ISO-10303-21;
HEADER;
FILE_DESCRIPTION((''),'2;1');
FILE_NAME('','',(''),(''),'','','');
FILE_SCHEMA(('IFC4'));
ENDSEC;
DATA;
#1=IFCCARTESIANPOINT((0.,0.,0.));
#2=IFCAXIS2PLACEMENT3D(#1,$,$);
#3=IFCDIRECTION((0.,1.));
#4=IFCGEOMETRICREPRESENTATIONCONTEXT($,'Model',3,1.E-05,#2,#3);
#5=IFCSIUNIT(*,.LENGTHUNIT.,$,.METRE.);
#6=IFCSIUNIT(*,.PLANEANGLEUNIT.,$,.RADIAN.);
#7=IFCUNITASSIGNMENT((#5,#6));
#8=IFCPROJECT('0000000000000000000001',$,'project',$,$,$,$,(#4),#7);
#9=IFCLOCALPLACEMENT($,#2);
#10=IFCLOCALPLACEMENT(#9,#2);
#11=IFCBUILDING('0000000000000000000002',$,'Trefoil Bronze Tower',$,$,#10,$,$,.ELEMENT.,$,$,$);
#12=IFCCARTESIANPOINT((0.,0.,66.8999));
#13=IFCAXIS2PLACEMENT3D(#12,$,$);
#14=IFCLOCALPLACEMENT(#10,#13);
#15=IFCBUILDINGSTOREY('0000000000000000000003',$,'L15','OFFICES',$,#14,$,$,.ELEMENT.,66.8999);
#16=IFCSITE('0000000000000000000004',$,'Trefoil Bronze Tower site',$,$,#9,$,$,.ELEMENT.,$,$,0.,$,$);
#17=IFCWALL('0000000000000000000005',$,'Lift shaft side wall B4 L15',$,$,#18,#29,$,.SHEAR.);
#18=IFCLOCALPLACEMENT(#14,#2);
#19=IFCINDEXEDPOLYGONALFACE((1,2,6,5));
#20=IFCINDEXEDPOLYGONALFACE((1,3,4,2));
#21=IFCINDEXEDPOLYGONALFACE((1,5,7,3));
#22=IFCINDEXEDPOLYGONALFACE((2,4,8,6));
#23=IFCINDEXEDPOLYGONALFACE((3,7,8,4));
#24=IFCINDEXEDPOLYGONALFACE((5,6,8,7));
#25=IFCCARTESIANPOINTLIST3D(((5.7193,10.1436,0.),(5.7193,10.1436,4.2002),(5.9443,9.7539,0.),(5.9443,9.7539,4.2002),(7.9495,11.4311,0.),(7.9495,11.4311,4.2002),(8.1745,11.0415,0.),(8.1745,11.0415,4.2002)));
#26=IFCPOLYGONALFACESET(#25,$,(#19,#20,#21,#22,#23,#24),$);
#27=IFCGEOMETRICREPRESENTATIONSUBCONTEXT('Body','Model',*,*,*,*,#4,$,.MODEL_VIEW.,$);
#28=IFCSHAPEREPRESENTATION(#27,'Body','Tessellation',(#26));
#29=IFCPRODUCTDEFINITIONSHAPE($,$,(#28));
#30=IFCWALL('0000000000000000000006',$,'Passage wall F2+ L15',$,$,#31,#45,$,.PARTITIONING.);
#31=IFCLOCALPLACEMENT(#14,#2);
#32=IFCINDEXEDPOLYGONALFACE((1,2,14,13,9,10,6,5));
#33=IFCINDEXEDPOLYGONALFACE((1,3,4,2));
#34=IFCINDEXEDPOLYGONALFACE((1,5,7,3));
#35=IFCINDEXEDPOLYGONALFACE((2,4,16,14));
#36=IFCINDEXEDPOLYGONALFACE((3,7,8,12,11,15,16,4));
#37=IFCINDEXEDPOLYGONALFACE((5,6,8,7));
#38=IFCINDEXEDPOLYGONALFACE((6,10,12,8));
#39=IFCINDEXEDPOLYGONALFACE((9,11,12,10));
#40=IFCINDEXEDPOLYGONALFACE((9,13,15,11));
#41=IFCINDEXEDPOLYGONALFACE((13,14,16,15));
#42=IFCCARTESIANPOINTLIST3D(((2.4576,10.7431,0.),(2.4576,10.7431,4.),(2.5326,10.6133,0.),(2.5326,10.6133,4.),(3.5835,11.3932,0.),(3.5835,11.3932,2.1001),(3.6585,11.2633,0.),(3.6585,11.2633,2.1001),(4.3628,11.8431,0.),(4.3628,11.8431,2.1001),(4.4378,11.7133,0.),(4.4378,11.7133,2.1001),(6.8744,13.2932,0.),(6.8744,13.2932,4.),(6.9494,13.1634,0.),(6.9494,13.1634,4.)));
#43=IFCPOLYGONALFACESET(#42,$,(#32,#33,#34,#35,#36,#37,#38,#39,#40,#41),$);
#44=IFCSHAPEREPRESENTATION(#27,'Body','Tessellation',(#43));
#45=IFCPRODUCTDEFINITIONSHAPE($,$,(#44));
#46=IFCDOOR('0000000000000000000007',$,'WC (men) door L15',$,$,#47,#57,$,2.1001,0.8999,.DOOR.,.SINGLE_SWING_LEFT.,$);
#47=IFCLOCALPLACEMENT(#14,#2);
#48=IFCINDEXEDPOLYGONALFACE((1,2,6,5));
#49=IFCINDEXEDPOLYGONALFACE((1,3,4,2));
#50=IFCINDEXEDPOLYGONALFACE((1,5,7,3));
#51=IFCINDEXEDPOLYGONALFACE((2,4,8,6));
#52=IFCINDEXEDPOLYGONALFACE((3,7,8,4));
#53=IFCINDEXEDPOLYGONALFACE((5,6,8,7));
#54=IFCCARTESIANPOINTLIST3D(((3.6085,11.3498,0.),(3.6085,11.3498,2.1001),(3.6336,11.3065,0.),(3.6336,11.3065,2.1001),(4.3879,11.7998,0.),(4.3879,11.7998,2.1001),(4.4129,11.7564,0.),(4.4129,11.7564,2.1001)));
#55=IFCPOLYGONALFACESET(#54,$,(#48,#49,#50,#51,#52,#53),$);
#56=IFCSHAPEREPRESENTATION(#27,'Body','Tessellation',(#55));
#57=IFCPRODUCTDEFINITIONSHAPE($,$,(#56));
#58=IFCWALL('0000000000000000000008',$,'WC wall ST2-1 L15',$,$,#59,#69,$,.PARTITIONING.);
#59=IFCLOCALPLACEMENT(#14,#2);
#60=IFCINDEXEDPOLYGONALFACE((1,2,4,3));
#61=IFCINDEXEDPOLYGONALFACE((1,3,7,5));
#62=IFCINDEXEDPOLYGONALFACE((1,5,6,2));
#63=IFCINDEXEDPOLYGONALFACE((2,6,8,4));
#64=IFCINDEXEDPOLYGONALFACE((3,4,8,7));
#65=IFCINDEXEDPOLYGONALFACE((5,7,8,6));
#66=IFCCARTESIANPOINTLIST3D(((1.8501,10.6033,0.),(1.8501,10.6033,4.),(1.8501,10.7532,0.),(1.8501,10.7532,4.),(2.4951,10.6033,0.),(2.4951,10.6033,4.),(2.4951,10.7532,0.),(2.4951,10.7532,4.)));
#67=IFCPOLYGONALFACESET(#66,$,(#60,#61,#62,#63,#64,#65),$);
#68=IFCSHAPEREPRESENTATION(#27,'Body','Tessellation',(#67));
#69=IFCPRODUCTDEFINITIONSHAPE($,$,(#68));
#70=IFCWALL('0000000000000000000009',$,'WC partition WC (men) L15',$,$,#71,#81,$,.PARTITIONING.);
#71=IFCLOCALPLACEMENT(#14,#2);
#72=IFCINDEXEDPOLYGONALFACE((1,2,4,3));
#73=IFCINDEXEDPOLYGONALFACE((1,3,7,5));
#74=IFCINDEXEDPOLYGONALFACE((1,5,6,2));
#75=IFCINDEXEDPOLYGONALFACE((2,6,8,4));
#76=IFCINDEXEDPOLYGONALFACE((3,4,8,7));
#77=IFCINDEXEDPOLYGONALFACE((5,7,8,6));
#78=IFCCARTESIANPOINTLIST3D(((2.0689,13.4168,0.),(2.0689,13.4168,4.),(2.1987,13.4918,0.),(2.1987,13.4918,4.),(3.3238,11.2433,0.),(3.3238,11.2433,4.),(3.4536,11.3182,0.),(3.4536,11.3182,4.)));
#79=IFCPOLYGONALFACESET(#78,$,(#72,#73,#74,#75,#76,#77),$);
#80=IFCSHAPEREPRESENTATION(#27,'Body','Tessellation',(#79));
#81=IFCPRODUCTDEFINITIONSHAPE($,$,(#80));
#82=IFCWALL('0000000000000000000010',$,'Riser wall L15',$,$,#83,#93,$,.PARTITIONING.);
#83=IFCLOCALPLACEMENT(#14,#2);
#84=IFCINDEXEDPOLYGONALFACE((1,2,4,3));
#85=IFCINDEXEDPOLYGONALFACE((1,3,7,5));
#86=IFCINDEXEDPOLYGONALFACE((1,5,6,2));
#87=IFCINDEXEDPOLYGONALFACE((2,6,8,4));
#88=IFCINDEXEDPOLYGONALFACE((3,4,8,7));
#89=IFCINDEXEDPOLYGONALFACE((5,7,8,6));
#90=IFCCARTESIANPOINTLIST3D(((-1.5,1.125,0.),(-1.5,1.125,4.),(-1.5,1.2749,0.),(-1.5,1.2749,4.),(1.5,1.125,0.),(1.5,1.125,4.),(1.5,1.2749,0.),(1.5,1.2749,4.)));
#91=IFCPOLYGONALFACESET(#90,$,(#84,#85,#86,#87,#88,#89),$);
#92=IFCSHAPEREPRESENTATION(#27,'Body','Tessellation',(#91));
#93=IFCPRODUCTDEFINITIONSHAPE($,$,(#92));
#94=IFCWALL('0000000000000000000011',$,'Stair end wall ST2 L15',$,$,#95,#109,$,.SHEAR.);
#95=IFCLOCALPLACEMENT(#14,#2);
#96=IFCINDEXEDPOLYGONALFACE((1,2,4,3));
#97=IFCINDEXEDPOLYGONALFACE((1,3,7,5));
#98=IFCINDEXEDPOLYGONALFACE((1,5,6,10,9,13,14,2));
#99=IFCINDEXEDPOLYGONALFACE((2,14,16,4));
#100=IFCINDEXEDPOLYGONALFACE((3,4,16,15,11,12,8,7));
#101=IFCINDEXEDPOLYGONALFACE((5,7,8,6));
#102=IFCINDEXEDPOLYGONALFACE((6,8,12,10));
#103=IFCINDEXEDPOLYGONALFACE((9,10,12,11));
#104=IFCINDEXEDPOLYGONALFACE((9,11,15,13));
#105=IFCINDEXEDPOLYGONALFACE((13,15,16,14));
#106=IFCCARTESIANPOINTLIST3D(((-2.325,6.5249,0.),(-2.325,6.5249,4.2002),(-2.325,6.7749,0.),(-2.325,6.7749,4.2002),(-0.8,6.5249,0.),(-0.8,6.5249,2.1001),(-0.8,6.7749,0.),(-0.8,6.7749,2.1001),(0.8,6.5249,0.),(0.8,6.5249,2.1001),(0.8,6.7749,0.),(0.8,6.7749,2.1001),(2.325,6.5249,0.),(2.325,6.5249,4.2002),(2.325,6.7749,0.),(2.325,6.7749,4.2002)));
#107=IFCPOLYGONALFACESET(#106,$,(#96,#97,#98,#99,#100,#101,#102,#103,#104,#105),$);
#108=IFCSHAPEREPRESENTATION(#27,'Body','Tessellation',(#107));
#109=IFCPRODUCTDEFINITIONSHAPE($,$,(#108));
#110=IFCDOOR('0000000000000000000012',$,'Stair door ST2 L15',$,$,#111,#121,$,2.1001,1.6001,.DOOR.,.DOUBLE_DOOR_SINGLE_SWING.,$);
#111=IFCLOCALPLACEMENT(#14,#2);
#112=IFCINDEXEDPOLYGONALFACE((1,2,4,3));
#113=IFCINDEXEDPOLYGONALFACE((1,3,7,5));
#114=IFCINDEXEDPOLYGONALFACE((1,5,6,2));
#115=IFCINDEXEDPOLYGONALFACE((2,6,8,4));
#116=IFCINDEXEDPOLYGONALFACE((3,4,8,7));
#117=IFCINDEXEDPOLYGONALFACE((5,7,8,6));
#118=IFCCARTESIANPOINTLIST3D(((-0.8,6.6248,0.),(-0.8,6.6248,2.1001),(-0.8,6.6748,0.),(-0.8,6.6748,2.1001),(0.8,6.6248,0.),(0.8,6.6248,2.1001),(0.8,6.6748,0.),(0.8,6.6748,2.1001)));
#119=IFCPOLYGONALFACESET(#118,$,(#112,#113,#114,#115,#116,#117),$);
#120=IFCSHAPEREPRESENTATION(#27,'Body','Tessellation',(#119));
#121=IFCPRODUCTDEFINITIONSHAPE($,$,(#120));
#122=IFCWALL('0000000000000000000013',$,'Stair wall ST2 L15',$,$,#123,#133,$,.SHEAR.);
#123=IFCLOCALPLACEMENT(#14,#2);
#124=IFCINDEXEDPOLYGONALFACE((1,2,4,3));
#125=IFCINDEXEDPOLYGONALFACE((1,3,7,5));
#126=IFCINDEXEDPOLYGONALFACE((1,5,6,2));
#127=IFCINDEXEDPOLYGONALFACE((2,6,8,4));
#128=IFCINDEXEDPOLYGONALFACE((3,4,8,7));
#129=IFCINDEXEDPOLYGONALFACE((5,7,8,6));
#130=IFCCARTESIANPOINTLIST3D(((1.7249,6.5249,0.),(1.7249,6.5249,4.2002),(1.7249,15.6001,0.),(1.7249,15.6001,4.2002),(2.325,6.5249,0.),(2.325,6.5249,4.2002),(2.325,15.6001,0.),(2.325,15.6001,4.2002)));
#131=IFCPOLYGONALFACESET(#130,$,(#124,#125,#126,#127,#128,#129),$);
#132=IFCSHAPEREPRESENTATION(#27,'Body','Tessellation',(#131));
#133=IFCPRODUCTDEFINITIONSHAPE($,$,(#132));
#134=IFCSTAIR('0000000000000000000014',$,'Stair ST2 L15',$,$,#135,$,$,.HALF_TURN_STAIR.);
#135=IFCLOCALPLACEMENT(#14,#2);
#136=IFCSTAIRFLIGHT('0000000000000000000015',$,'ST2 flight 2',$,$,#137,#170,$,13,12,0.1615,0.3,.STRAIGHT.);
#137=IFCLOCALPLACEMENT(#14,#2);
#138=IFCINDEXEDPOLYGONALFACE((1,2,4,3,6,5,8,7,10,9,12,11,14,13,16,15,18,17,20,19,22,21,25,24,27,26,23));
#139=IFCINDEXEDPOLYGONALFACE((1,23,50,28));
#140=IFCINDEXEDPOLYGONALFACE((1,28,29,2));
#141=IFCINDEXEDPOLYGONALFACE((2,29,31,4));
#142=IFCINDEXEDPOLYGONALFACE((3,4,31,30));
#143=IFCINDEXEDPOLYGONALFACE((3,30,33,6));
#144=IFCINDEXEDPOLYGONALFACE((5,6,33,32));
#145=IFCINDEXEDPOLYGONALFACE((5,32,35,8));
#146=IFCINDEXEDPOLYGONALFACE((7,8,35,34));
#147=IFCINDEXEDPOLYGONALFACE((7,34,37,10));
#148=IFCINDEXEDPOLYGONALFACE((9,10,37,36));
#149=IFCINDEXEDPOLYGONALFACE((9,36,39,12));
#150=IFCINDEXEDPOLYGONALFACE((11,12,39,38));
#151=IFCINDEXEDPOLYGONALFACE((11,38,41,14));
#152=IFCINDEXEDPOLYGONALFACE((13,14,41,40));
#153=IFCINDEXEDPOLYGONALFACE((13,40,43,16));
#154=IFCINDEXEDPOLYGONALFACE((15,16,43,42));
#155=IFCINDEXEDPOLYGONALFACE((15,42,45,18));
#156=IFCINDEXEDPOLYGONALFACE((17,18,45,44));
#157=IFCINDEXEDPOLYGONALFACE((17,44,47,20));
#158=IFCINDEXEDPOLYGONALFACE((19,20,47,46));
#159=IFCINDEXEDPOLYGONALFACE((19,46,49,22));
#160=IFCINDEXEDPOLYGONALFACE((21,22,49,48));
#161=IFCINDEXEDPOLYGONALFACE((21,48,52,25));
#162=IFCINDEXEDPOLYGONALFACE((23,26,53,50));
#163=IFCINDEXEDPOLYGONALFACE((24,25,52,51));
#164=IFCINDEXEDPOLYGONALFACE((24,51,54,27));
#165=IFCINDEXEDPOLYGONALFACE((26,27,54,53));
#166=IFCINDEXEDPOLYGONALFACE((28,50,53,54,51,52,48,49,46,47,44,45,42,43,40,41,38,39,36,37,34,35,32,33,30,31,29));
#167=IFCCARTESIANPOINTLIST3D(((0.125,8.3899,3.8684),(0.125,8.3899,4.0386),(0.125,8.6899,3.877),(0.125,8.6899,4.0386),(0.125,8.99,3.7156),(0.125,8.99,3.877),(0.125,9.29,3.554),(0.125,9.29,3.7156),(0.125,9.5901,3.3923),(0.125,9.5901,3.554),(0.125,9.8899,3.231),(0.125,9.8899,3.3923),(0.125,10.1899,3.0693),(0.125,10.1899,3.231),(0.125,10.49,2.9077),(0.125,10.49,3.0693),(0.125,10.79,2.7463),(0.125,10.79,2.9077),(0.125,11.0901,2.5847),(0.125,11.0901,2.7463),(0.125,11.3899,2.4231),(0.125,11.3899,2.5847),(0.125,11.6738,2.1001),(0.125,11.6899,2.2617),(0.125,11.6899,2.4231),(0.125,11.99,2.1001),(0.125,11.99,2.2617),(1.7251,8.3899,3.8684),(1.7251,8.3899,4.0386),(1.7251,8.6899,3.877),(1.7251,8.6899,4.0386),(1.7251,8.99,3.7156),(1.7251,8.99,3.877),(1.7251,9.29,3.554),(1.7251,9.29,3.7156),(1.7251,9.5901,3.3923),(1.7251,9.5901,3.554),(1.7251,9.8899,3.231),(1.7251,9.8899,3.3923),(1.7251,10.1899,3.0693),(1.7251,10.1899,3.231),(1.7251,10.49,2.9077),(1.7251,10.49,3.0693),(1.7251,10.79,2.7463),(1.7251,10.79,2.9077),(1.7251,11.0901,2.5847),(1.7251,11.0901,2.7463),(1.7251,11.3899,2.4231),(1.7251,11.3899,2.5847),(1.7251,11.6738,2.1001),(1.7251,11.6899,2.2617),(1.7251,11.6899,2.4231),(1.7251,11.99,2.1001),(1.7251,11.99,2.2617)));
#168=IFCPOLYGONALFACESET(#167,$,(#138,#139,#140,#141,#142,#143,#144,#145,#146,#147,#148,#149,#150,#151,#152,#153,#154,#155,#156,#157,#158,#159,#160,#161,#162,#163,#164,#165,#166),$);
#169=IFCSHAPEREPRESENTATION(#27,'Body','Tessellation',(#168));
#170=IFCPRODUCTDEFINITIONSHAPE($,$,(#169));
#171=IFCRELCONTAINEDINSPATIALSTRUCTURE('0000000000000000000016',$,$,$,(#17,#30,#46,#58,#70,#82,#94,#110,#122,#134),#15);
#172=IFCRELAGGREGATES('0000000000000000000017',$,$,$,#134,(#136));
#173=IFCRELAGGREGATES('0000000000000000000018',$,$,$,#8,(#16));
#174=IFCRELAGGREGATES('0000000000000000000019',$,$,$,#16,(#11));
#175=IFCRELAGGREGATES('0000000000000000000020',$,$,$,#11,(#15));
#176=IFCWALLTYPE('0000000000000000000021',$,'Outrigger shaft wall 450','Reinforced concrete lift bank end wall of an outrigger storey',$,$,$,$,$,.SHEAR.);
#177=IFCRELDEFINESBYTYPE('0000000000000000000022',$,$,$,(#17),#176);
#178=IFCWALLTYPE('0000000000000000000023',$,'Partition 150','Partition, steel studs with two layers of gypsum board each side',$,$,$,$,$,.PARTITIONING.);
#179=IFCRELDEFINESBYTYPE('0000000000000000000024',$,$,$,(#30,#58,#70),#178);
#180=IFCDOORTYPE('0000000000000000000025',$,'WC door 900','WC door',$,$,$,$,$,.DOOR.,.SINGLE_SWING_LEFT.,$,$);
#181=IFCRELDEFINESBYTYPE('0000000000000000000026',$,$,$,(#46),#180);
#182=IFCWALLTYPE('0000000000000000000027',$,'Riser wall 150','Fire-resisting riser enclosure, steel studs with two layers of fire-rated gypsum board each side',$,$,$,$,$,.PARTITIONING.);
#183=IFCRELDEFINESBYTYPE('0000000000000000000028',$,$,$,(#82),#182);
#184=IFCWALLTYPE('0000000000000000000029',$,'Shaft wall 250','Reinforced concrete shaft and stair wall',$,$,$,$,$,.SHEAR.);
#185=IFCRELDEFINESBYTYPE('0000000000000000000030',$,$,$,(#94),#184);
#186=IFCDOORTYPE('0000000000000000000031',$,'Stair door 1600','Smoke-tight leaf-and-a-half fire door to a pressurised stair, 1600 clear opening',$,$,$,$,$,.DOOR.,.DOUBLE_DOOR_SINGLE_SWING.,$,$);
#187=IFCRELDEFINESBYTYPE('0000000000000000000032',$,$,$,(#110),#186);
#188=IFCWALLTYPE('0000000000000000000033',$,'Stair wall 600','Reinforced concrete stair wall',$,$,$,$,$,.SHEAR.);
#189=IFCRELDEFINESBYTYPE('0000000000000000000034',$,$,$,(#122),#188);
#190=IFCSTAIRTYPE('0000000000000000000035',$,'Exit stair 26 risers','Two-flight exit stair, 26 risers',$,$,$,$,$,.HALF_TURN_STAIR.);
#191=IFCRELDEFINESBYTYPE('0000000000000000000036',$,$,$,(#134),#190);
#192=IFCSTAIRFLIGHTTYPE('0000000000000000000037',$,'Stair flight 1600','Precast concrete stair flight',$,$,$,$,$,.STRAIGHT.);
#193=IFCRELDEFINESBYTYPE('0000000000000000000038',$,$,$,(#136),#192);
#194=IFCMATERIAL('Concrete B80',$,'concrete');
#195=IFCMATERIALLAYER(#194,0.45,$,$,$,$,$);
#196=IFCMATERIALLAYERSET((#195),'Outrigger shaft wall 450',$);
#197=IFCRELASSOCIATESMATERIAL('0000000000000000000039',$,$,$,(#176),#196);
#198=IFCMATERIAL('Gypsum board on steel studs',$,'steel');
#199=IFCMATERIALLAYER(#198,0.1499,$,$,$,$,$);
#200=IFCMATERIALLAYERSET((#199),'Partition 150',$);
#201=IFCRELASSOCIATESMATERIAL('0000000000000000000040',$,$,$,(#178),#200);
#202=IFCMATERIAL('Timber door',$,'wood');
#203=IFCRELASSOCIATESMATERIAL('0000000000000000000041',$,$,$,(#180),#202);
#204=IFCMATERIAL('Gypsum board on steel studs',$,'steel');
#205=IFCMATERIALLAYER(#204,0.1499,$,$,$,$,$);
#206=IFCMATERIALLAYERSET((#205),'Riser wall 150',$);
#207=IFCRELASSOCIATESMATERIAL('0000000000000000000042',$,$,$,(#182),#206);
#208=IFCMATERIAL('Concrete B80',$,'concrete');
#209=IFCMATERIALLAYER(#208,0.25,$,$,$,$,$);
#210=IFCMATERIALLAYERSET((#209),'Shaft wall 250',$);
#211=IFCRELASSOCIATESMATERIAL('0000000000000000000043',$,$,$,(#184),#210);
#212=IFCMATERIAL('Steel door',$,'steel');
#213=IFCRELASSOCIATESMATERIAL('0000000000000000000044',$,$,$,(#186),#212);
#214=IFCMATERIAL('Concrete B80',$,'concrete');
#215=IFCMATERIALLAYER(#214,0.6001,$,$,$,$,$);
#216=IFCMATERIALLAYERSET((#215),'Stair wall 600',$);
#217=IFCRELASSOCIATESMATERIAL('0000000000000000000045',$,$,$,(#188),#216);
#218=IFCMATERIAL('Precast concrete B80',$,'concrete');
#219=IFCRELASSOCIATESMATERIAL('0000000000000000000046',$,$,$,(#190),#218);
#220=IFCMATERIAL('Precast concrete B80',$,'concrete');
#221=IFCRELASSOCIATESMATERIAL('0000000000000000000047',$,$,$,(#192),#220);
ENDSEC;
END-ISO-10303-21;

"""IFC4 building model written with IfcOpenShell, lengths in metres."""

from ifc_helpers import new_model, si_unit, direction, frame, frame_2d, origin, place, context, subcontext, project, spatial, polyline, rectangle, outline, extrude, material, layer, layer_set, type_object, element, fill, aggregate, save


model = new_model("IFC4")

# Units and contexts
model_context = context("Model", 3, precision=1e-05, world=origin(), true_north=direction((0.0, 1.0)))
body_context = subcontext(model_context, "Body", "Model", "MODEL_VIEW")
ifc_project = project(units=[si_unit("LENGTHUNIT", "METRE"), si_unit("PLANEANGLEUNIT", "RADIAN")], contexts=[model_context])

# Site, building, storey
site_placement = place(None, origin())
site = spatial("IfcSite", under=ifc_project, at=site_placement, Name="Trefoil Bronze Tower site", CompositionType="ELEMENT", RefElevation=0.0)
building_placement = place(site_placement, origin())
building = spatial("IfcBuilding", under=site, at=building_placement, Name="Trefoil Bronze Tower", CompositionType="ELEMENT")
storey_placement = place(building_placement, frame((0.0, 0.0, 66.8999)))
storey = spatial("IfcBuildingStorey", under=building, at=storey_placement, Name="L15", Description="OFFICES", CompositionType="ELEMENT", Elevation=66.8999)

# Wall
ifc_material_1 = material(Name="Concrete B80", Category="concrete")
ifc_layer_1 = layer(ifc_material_1, 0.45)
ifc_layer_set_1 = layer_set([ifc_layer_1], Name="Outrigger shaft wall 450")
wall_type_1 = type_object("IfcWallType", Name="Outrigger shaft wall 450", Description="Reinforced concrete lift bank end wall of an outrigger storey", PredefinedType="SHEAR", material=ifc_layer_set_1)
wall_1_placement = place(storey_placement, frame((5.8318, 9.9487, 0.0), z_axis=(0.0, 0.0, 1.0), x_axis=(0.866029, 0.499993, 0.0)))
element("IfcWall", 1, at=wall_1_placement, inside=storey, type_object=wall_type_1, Name="Lift shaft side wall B4 L15", PredefinedType="SHEAR", context=body_context, shape_type="SweptSolid", body=[
    extrude(rectangle(XDim=2.5752, YDim=0.45, at=frame_2d((1.2876, 0.0))), origin(), (0.0, 0.0, 1.0), 4.2002),
])

# Wall, opening, door
ifc_material_2 = material(Name="Gypsum board on steel studs", Category="steel")
ifc_layer_2 = layer(ifc_material_2, 0.1499)
ifc_layer_set_2 = layer_set([ifc_layer_2], Name="Partition 150")
wall_type_2 = type_object("IfcWallType", Name="Partition 150", Description="Partition, steel studs with two layers of gypsum board each side", PredefinedType="PARTITIONING", material=ifc_layer_set_2)
wall_2_placement = place(storey_placement, frame((2.4951, 10.6782, 0.0), z_axis=(0.0, 0.0, 1.0), x_axis=(0.866022, 0.500006, 0.0)))
wall_2 = element("IfcWall", 2, at=wall_2_placement, inside=storey, type_object=wall_type_2, Name="Passage wall F2+ L15", PredefinedType="PARTITIONING", context=body_context, shape_type="SweptSolid", body=[
    extrude(rectangle(XDim=5.1001, YDim=0.1499, at=frame_2d((2.55, 0.0))), origin(), (0.0, 0.0, 1.0), 4.0),
])
opening_1_placement = place(wall_2_placement, frame((1.3, 0.0, 0.0)))
opening_1 = element("IfcOpeningElement", 3, at=opening_1_placement, cuts=wall_2, PredefinedType="OPENING", context=body_context, shape_type="SweptSolid", body=[
    extrude(rectangle(XDim=0.8999, YDim=2.1001, at=frame_2d((0.45, 1.05))), frame((0.0, 0.085, 0.0), z_axis=(0.0, -1.0, 0.0), x_axis=(1.0, 0.0, 0.0)), (0.0, 0.0, 1.0), 0.1699),
])
ifc_material_3 = material(Name="Timber door", Category="wood")
door_type_1 = type_object("IfcDoorType", Name="WC door 900", Description="WC door", OperationType="SINGLE_SWING_LEFT", PredefinedType="DOOR", material=ifc_material_3)
door_1_placement = place(opening_1_placement, origin())
door_1 = element("IfcDoor", 4, at=door_1_placement, inside=storey, type_object=door_type_1, Name="WC (men) door L15", OperationType="SINGLE_SWING_LEFT", OverallHeight=2.1001, OverallWidth=0.8999, PredefinedType="DOOR", context=body_context, shape_type="SweptSolid", body=[
    extrude(rectangle(XDim=0.8999, YDim=2.1001, at=frame_2d((0.45, 1.05))), frame((0.0, 0.0249, 0.0), z_axis=(0.0, -1.0, 0.0), x_axis=(1.0, 0.0, 0.0)), (0.0, 0.0, 1.0), 0.05),
])
fill(opening_1, door_1)

# Walls
wall_3_placement = place(storey_placement, frame((2.4951, 10.6782, 0.0), z_axis=(0.0, 0.0, 1.0), x_axis=(-1.0, 0.0, 0.0)))
element("IfcWall", 5, at=wall_3_placement, inside=storey, type_object=wall_type_2, Name="WC wall ST2-1 L15", PredefinedType="PARTITIONING", context=body_context, shape_type="SweptSolid", body=[
    extrude(rectangle(XDim=0.645, YDim=0.1499, at=frame_2d((0.3225, 0.0))), origin(), (0.0, 0.0, 1.0), 4.0),
])
wall_4_placement = place(storey_placement, frame((3.3887, 11.2808, 0.0), z_axis=(0.0, 0.0, 1.0), x_axis=(-0.499989, 0.866032, 0.0)))
element("IfcWall", 6, at=wall_4_placement, inside=storey, type_object=wall_type_2, Name="WC partition WC (men) L15", PredefinedType="PARTITIONING", context=body_context, shape_type="SweptSolid", body=[
    extrude(rectangle(XDim=2.5098, YDim=0.1499, at=frame_2d((1.2549, 0.0))), origin(), (0.0, 0.0, 1.0), 4.0),
])
ifc_material_4 = material(Name="Gypsum board on steel studs", Category="steel")
ifc_layer_3 = layer(ifc_material_4, 0.1499)
ifc_layer_set_3 = layer_set([ifc_layer_3], Name="Riser wall 150")
wall_type_3 = type_object("IfcWallType", Name="Riser wall 150", Description="Fire-resisting riser enclosure, steel studs with two layers of fire-rated gypsum board each side", PredefinedType="PARTITIONING", material=ifc_layer_set_3)
wall_5_placement = place(storey_placement, frame((1.5, 1.2, 0.0), z_axis=(0.0, 0.0, 1.0), x_axis=(-1.0, 0.0, 0.0)))
element("IfcWall", 7, at=wall_5_placement, inside=storey, type_object=wall_type_3, Name="Riser wall L15", PredefinedType="PARTITIONING", context=body_context, shape_type="SweptSolid", body=[
    extrude(rectangle(XDim=3.0, YDim=0.1499, at=frame_2d((1.5, 0.0))), origin(), (0.0, 0.0, 1.0), 4.0),
])

# Wall, opening, door
ifc_material_5 = material(Name="Concrete B80", Category="concrete")
ifc_layer_4 = layer(ifc_material_5, 0.25)
ifc_layer_set_4 = layer_set([ifc_layer_4], Name="Shaft wall 250")
wall_type_4 = type_object("IfcWallType", Name="Shaft wall 250", Description="Reinforced concrete shaft and stair wall", PredefinedType="SHEAR", material=ifc_layer_set_4)
wall_6_placement = place(storey_placement, frame((2.325, 6.6499, 0.0), z_axis=(0.0, 0.0, 1.0), x_axis=(-1.0, 0.0, 0.0)))
wall_6 = element("IfcWall", 8, at=wall_6_placement, inside=storey, type_object=wall_type_4, Name="Stair end wall ST2 L15", PredefinedType="SHEAR", context=body_context, shape_type="SweptSolid", body=[
    extrude(rectangle(XDim=4.6499, YDim=0.25, at=frame_2d((2.325, 0.0))), origin(), (0.0, 0.0, 1.0), 4.2002),
])
opening_2_placement = place(wall_6_placement, frame((1.5249, 0.0, 0.0)))
opening_2 = element("IfcOpeningElement", 9, at=opening_2_placement, cuts=wall_6, PredefinedType="OPENING", context=body_context, shape_type="SweptSolid", body=[
    extrude(rectangle(XDim=1.6001, YDim=2.1001, at=frame_2d((0.8, 1.05))), frame((0.0, 0.135, 0.0), z_axis=(0.0, -1.0, 0.0), x_axis=(1.0, 0.0, 0.0)), (0.0, 0.0, 1.0), 0.27),
])
ifc_material_6 = material(Name="Steel door", Category="steel")
door_type_2 = type_object("IfcDoorType", Name="Stair door 1600", Description="Smoke-tight leaf-and-a-half fire door to a pressurised stair, 1600 clear opening", OperationType="DOUBLE_DOOR_SINGLE_SWING", PredefinedType="DOOR", material=ifc_material_6)
door_2_placement = place(opening_2_placement, frame((1.6001, 0.0, 0.0), z_axis=(0.0, 0.0, 1.0), x_axis=(-1.0, 0.0, 0.0)))
door_2 = element("IfcDoor", 10, at=door_2_placement, inside=storey, type_object=door_type_2, Name="Stair door ST2 L15", OperationType="DOUBLE_DOOR_SINGLE_SWING", OverallHeight=2.1001, OverallWidth=1.6001, PredefinedType="DOOR", context=body_context, shape_type="SweptSolid", body=[
    extrude(rectangle(XDim=1.6001, YDim=2.1001, at=frame_2d((0.8, 1.05))), frame((0.0, 0.0249, 0.0), z_axis=(0.0, -1.0, 0.0), x_axis=(1.0, 0.0, 0.0)), (0.0, 0.0, 1.0), 0.05),
])
fill(opening_2, door_2)

# Wall
ifc_material_7 = material(Name="Concrete B80", Category="concrete")
ifc_layer_5 = layer(ifc_material_7, 0.6001)
ifc_layer_set_5 = layer_set([ifc_layer_5], Name="Stair wall 600")
wall_type_5 = type_object("IfcWallType", Name="Stair wall 600", Description="Reinforced concrete stair wall", PredefinedType="SHEAR", material=ifc_layer_set_5)
wall_7_placement = place(storey_placement, frame((2.0249, 6.5249, 0.0), z_axis=(0.0, 0.0, 1.0), x_axis=(0.0, 1.0, 0.0)))
element("IfcWall", 11, at=wall_7_placement, inside=storey, type_object=wall_type_5, Name="Stair wall ST2 L15", PredefinedType="SHEAR", context=body_context, shape_type="SweptSolid", body=[
    extrude(rectangle(XDim=9.0752, YDim=0.6001, at=frame_2d((4.5376, 0.0))), origin(), (0.0, 0.0, 1.0), 4.2002),
])

# Stair, stair flight
ifc_material_8 = material(Name="Precast concrete B80", Category="concrete")
stair_type = type_object("IfcStairType", Name="Exit stair 26 risers", Description="Two-flight exit stair, 26 risers", PredefinedType="HALF_TURN_STAIR", material=ifc_material_8)
stair_placement = place(storey_placement, origin())
stair = element("IfcStair", 12, at=stair_placement, inside=storey, type_object=stair_type, Name="Stair ST2 L15", PredefinedType="HALF_TURN_STAIR")
ifc_material_9 = material(Name="Precast concrete B80", Category="concrete")
stair_flight_type = type_object("IfcStairFlightType", Name="Stair flight 1600", Description="Precast concrete stair flight", PredefinedType="STRAIGHT", material=ifc_material_9)
stair_flight_placement = place(storey_placement, frame((0.925, 11.99, 2.1001), z_axis=(0.0, 0.0, 1.0), x_axis=(0.0, -1.0, 0.0)))
stair_flight = element("IfcStairFlight", 13, at=stair_flight_placement, type_object=stair_flight_type, Name="ST2 flight 2", NumberOfRisers=13, NumberOfTreads=12, PredefinedType="STRAIGHT", RiserHeight=0.1615, TreadLength=0.3, context=body_context, shape_type="SweptSolid", body=[
    extrude(outline(polyline([(0.0, 0.0), (0.0, 0.1616), (0.3, 0.1616), (0.3, 0.323), (0.6001, 0.323), (0.6001, 0.4846), (0.8999, 0.4846), (0.8999, 0.6462), (1.2, 0.6462), (1.2, 0.8076), (1.5, 0.8076), (1.5, 0.9692), (1.8, 0.9692), (1.8, 1.1309), (2.1001, 1.1309), (2.1001, 1.2922), (2.3999, 1.2922), (2.3999, 1.4539), (2.7, 1.4539), (2.7, 1.6155), (3.0, 1.6155), (3.0, 1.7769), (3.3, 1.7769), (3.3, 1.9385), (3.6001, 1.9385), (3.6001, 2.1001), (3.6001, 1.7683), (0.3162, 0.0), (0.0, 0.0)])), frame((0.0, 0.8, 0.0), z_axis=(0.0, -1.0, 0.0), x_axis=(1.0, 0.0, 0.0)), (0.0, 0.0, 1.0), 1.6001),
])
aggregate(stair, [stair_flight])

save(model, "model.ifc")
